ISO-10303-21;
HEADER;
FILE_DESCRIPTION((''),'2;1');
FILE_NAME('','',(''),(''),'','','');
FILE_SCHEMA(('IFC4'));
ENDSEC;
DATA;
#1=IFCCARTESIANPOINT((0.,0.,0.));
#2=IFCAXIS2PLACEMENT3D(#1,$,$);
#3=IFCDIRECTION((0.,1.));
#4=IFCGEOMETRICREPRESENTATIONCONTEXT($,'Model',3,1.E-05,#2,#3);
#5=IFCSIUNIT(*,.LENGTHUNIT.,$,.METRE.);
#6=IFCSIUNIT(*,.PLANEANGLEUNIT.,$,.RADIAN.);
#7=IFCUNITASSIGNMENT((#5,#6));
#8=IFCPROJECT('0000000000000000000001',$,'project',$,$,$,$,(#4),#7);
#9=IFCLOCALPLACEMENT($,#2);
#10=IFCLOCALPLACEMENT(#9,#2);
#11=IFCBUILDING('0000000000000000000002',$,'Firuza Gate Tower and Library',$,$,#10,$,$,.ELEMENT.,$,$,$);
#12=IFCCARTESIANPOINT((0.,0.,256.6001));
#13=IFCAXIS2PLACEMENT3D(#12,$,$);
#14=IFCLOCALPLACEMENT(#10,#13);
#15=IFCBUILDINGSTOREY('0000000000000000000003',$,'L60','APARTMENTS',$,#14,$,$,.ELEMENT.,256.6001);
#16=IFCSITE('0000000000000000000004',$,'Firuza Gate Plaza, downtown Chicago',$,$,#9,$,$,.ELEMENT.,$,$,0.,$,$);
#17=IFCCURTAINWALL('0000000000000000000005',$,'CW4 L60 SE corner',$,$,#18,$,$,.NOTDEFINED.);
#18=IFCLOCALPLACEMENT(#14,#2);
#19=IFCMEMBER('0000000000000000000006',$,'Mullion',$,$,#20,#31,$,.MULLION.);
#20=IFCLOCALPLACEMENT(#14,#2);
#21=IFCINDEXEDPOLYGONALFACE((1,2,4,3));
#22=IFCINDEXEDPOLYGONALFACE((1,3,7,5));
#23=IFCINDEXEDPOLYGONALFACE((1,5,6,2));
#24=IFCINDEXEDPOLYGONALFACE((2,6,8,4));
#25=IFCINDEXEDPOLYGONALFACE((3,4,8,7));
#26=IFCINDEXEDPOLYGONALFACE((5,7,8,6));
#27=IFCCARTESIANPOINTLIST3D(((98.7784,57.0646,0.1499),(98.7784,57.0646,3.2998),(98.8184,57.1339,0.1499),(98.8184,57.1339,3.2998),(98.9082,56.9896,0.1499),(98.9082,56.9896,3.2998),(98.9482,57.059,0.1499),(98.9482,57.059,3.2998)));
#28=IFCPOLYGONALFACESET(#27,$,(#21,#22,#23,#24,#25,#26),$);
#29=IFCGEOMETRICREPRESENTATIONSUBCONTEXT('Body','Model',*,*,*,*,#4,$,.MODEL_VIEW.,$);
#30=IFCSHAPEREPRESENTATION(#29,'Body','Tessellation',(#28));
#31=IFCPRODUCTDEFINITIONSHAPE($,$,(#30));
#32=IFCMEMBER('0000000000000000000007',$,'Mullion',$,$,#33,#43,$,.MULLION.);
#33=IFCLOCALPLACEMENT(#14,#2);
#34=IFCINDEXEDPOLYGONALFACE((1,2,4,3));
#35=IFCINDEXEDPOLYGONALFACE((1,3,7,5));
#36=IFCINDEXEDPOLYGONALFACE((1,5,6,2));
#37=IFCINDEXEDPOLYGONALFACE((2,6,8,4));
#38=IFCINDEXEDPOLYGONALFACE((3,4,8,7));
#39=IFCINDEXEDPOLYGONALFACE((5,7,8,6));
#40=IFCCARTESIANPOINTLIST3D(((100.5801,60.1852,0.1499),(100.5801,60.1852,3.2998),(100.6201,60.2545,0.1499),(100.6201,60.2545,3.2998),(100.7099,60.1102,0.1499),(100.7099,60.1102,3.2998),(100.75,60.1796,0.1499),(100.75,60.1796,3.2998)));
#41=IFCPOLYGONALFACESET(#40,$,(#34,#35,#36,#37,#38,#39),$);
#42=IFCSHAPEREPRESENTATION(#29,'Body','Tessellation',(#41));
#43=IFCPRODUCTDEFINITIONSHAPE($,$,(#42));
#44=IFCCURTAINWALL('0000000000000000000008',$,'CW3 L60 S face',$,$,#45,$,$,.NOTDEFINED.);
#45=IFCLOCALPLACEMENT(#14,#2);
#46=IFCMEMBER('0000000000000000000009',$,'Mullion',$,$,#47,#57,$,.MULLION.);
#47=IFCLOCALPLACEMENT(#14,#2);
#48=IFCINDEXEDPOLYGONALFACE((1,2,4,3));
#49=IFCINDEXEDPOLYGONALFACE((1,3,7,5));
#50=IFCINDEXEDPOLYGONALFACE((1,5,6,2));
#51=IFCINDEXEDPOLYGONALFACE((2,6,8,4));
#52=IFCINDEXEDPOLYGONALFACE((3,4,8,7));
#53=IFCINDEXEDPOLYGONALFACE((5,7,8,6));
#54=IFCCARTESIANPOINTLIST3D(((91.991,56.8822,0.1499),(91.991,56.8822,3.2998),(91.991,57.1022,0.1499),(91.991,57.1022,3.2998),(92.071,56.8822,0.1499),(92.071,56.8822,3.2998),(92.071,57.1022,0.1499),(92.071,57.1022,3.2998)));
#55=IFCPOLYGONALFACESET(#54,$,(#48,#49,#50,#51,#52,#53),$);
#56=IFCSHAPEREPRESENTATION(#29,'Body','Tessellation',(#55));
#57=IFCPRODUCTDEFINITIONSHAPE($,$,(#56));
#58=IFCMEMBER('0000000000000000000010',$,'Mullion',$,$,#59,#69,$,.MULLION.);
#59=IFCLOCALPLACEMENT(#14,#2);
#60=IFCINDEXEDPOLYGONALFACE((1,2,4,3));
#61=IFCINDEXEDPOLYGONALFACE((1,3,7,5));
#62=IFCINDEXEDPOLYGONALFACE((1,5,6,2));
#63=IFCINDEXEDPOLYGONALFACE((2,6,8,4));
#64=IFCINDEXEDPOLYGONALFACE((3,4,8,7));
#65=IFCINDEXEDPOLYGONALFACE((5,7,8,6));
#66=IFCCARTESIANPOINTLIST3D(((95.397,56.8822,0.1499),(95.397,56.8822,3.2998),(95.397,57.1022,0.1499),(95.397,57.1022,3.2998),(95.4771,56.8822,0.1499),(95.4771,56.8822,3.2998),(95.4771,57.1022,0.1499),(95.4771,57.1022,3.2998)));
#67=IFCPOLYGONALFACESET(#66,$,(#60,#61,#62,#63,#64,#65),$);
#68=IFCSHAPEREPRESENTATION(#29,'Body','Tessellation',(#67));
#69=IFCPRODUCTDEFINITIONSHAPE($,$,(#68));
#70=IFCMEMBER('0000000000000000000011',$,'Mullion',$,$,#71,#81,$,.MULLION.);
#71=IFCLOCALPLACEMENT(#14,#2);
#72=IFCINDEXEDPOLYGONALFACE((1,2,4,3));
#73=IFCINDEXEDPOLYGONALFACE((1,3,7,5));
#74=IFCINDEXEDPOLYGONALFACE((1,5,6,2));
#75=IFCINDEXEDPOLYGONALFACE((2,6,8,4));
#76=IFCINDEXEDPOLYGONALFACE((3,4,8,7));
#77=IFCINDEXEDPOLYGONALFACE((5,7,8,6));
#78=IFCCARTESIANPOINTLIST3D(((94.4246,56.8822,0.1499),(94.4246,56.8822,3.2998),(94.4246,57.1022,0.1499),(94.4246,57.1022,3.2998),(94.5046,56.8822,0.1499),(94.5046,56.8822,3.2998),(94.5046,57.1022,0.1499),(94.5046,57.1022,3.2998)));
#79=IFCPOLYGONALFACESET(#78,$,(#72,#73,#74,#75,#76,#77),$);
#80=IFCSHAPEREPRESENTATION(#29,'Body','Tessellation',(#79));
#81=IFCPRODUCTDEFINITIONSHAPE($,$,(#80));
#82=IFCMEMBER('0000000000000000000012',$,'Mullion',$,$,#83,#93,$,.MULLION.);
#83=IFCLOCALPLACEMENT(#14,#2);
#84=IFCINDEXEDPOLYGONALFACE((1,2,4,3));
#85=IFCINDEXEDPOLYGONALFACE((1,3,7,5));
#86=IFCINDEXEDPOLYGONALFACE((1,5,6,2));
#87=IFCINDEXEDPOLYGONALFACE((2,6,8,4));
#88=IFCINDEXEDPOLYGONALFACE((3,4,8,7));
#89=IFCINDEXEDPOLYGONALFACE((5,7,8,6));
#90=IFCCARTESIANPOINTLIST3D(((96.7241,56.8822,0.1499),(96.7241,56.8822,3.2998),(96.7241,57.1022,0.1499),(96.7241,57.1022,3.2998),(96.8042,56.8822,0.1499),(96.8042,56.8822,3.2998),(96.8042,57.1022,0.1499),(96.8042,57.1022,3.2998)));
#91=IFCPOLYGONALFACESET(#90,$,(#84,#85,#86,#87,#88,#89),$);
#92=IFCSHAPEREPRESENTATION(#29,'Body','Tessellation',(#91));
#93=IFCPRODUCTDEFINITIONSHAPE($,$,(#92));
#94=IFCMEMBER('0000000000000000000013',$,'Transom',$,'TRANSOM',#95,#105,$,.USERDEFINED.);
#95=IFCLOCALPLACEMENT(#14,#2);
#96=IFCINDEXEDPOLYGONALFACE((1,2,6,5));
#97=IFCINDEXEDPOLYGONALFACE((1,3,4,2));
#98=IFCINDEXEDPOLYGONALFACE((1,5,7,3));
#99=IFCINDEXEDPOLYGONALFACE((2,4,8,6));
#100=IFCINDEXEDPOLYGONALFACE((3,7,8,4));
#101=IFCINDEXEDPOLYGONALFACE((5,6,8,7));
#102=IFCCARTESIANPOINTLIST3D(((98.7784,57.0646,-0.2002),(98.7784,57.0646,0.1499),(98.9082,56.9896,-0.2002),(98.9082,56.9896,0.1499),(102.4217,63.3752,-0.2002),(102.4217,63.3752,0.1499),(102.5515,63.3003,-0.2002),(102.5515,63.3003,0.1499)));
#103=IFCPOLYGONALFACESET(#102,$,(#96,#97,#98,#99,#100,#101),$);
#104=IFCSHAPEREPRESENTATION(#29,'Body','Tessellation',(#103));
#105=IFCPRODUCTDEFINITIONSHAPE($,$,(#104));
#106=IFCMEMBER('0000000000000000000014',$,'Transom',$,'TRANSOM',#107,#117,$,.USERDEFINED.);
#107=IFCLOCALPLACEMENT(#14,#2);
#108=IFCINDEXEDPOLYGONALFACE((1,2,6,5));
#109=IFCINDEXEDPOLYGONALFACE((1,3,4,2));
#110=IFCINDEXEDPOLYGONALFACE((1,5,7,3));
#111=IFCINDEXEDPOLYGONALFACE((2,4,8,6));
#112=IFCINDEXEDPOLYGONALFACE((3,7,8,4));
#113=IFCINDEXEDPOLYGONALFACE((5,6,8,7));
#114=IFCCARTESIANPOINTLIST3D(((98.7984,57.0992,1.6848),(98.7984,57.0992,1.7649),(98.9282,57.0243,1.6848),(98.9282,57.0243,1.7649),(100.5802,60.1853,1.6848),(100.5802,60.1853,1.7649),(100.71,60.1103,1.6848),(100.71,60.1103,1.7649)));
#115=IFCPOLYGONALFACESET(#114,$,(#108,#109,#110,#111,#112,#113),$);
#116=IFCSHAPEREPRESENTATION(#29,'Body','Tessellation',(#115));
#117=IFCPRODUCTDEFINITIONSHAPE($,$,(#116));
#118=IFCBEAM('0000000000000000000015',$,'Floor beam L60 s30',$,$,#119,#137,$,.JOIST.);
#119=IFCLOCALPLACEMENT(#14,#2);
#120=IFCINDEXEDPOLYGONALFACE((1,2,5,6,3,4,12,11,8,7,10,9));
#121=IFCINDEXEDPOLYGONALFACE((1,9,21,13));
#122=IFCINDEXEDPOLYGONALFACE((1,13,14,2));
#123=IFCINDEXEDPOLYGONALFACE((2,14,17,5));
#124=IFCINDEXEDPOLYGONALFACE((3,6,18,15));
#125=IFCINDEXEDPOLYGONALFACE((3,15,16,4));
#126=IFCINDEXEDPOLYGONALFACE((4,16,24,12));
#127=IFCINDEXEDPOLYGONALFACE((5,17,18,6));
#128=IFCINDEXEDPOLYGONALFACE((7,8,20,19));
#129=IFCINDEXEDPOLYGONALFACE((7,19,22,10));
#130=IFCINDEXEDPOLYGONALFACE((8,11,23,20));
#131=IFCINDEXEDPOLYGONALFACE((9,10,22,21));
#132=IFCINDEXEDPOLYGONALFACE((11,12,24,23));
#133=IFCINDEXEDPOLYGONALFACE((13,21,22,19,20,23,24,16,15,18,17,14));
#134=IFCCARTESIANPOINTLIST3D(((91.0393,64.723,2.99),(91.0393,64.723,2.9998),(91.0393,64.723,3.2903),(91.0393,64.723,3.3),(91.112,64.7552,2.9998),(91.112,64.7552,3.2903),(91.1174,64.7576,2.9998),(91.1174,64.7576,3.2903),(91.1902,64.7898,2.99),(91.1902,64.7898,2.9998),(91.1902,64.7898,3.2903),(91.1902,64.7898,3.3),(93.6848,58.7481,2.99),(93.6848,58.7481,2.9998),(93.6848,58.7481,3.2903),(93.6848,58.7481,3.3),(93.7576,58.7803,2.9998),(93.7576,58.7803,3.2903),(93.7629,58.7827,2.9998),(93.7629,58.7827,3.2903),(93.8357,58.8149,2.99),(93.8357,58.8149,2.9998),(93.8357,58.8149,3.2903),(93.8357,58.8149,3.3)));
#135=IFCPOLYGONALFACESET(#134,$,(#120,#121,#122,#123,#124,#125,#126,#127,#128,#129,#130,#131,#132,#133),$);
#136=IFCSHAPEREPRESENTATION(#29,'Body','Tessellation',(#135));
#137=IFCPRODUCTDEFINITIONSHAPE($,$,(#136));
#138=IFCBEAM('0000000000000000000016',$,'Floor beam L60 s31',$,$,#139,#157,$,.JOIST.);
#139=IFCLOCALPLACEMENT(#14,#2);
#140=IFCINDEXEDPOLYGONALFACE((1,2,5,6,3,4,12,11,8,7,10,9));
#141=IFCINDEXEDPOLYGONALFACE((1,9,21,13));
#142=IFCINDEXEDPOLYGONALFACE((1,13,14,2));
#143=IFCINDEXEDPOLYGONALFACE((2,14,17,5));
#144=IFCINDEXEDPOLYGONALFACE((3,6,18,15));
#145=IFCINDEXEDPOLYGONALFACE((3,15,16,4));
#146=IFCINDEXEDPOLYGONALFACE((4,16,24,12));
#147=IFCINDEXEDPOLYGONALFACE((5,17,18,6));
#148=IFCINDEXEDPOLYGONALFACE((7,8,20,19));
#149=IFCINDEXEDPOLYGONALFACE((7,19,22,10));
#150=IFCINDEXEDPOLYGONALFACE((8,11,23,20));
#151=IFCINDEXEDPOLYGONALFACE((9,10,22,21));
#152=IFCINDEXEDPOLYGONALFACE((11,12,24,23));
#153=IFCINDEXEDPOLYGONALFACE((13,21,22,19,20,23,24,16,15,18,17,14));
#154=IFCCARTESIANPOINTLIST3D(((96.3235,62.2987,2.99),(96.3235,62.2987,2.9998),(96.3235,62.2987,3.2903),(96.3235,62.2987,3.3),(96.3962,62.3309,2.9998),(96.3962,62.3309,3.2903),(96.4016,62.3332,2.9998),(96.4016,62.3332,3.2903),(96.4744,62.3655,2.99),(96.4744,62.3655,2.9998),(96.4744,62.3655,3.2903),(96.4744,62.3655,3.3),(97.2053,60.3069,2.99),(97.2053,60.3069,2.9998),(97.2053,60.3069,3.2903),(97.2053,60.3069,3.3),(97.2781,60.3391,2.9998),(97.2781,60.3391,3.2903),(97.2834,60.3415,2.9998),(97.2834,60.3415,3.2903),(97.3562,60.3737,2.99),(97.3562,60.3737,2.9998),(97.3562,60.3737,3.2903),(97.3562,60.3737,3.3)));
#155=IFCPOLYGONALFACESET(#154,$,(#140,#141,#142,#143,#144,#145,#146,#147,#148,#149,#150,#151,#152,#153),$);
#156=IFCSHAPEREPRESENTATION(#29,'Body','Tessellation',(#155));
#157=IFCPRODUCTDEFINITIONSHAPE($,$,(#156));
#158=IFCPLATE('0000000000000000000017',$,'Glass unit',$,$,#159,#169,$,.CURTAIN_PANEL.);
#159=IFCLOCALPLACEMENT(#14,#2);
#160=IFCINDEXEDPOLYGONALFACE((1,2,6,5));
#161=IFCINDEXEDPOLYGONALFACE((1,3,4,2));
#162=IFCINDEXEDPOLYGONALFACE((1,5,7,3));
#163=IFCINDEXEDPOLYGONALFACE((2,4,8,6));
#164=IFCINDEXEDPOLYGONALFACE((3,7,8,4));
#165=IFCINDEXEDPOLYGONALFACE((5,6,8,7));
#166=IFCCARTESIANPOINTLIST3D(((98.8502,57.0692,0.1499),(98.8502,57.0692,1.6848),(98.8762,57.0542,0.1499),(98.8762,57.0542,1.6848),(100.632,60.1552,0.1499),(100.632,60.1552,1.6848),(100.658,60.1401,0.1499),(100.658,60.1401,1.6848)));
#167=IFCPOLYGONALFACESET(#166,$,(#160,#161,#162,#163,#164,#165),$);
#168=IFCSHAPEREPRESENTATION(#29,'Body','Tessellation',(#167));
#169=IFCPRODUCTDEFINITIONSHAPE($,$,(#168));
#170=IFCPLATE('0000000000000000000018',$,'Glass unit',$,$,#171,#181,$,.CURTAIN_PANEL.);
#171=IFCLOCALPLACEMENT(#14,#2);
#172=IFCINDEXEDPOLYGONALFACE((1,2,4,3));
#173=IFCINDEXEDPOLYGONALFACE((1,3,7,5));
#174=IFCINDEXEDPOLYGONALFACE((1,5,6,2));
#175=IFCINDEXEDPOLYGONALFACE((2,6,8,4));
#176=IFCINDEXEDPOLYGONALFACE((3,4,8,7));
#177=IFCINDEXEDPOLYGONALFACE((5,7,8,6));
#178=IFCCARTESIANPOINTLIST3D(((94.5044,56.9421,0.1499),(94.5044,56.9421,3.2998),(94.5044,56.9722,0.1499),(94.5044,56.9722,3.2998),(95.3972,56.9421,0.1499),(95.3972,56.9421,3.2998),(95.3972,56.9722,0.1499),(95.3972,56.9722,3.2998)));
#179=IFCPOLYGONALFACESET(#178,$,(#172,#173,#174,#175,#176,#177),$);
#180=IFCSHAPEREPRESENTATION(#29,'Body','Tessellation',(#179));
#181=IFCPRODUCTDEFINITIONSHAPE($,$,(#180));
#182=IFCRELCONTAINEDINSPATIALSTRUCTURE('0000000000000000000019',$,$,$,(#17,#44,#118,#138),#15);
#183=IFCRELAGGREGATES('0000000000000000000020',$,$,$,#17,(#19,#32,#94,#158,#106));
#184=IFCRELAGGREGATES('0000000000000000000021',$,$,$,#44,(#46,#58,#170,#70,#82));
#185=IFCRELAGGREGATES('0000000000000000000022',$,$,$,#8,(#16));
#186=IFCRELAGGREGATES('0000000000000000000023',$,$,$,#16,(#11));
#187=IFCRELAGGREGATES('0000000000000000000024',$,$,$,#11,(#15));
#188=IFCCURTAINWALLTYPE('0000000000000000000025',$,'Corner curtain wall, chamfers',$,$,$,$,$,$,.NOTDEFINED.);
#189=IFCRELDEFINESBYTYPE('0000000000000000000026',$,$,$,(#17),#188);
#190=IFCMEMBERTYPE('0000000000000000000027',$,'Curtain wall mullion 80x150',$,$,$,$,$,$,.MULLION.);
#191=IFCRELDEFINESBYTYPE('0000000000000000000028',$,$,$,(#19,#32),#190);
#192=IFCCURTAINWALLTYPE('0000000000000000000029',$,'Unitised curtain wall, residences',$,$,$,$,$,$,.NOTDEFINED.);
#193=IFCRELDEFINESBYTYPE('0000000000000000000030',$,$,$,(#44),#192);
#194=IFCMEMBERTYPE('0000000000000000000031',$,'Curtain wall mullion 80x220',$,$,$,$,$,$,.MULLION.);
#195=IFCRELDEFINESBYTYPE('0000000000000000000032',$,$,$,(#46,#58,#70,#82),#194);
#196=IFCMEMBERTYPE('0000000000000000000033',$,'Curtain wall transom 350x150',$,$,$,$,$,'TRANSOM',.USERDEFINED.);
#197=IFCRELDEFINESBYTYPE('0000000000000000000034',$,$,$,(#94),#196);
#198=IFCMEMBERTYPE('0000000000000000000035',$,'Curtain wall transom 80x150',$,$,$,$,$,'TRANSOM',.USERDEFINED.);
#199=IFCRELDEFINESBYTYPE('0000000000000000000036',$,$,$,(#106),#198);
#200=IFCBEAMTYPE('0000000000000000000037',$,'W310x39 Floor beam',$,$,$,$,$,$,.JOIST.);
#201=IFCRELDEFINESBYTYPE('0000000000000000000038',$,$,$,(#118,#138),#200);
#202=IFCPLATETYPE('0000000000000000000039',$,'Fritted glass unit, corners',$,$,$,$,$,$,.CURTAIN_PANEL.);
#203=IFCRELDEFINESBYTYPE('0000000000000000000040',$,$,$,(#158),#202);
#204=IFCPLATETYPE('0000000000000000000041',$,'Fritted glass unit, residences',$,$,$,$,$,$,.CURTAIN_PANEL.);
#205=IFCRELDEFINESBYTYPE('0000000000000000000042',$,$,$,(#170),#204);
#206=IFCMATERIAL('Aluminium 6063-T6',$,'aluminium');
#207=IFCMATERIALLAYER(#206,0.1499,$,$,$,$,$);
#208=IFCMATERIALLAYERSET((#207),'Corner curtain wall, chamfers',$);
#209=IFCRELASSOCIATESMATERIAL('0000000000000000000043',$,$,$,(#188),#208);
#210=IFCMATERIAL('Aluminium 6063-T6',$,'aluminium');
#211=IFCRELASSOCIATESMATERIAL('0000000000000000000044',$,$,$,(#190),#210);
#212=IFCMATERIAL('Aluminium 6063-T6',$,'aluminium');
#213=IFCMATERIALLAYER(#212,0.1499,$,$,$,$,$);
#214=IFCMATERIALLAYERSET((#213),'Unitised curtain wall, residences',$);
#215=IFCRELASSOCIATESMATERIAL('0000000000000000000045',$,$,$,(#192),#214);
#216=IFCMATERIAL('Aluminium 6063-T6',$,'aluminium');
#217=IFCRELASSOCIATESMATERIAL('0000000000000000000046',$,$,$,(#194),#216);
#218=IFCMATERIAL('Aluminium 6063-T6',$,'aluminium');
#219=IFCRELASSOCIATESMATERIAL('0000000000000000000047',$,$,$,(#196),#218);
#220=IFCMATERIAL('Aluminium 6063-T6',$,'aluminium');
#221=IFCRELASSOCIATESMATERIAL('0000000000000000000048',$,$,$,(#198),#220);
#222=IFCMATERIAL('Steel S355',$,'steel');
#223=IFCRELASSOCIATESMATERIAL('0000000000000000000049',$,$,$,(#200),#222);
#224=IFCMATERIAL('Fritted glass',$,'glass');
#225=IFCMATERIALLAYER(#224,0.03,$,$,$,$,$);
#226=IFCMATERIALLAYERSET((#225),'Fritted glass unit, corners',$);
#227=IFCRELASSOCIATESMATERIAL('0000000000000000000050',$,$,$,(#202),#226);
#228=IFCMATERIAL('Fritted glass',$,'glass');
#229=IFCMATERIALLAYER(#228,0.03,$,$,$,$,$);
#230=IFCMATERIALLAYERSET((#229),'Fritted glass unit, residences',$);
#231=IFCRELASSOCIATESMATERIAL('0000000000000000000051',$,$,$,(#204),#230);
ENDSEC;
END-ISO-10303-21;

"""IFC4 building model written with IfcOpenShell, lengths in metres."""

from ifc_helpers import new_model, si_unit, direction, frame, origin, origin_2d, place, context, subcontext, project, spatial, polyline, rectangle, i_section, outline, extrude, material, layer, layer_set, material_profile, profile_set, type_object, element, aggregate, save


model = new_model("IFC4")

# Units and contexts
model_context = context("Model", 3, precision=1e-05, world=origin(), true_north=direction((0.0, 1.0)))
body_context = subcontext(model_context, "Body", "Model", "MODEL_VIEW")
ifc_project = project(units=[si_unit("LENGTHUNIT", "METRE"), si_unit("PLANEANGLEUNIT", "RADIAN")], contexts=[model_context])

# Site, building, storey
site_placement = place(None, origin())
site = spatial("IfcSite", under=ifc_project, at=site_placement, Name="Firuza Gate Plaza, downtown Chicago", CompositionType="ELEMENT", RefElevation=0.0)
building_placement = place(site_placement, origin())
building = spatial("IfcBuilding", under=site, at=building_placement, Name="Firuza Gate Tower and Library", CompositionType="ELEMENT")
storey_placement = place(building_placement, frame((0.0, 0.0, 256.6001)))
storey = spatial("IfcBuildingStorey", under=building, at=storey_placement, Name="L60", Description="APARTMENTS", CompositionType="ELEMENT", Elevation=256.6001)

# Curtain walls, members
ifc_material_1 = material(Name="Aluminium 6063-T6", Category="aluminium")
ifc_layer_1 = layer(ifc_material_1, 0.1499)
ifc_layer_set_1 = layer_set([ifc_layer_1], Name="Corner curtain wall, chamfers")
curtain_wall_type_1 = type_object("IfcCurtainWallType", Name="Corner curtain wall, chamfers", PredefinedType="NOTDEFINED", material=ifc_layer_set_1)
placement = place(storey_placement, origin())
curtain_wall_1 = element("IfcCurtainWall", 1, at=placement, inside=storey, type_object=curtain_wall_type_1, Name="CW4 L60 SE corner", PredefinedType="NOTDEFINED")
ifc_material_2 = material(Name="Aluminium 6063-T6", Category="aluminium")
ifc_material_profile_1 = material_profile(ifc_material_2, rectangle(XDim=0.1499, YDim=0.0801, at=origin_2d()))
ifc_profile_set_1 = profile_set([ifc_material_profile_1], Name="Aluminium 6063-T6")
member_type_1 = type_object("IfcMemberType", Name="Curtain wall mullion 80x150", PredefinedType="MULLION", material=ifc_profile_set_1)
member_1_placement = place(storey_placement, frame((98.8633, 57.0618, 0.1499), z_axis=(0.0, 0.0, 1.0), x_axis=(-0.866025, 0.5, 0.0)))
member_1 = element("IfcMember", 2, at=member_1_placement, type_object=member_type_1, Name="Mullion", PredefinedType="MULLION", context=body_context, shape_type="SweptSolid", body=[
    extrude(rectangle(XDim=0.1499, YDim=0.0801, at=origin_2d()), origin(), (0.0, 0.0, 1.0), 3.1499),
])
member_2_placement = place(storey_placement, frame((100.665, 60.1824, 0.1499), z_axis=(0.0, 0.0, 1.0), x_axis=(-0.866025, 0.5, 0.0)))
member_2 = element("IfcMember", 3, at=member_2_placement, type_object=member_type_1, Name="Mullion", PredefinedType="MULLION", context=body_context, shape_type="SweptSolid", body=[
    extrude(rectangle(XDim=0.1499, YDim=0.0801, at=origin_2d()), origin(), (0.0, 0.0, 1.0), 3.1499),
])
ifc_material_3 = material(Name="Aluminium 6063-T6", Category="aluminium")
ifc_layer_2 = layer(ifc_material_3, 0.1499)
ifc_layer_set_2 = layer_set([ifc_layer_2], Name="Unitised curtain wall, residences")
curtain_wall_type_2 = type_object("IfcCurtainWallType", Name="Unitised curtain wall, residences", PredefinedType="NOTDEFINED", material=ifc_layer_set_2)
curtain_wall_2 = element("IfcCurtainWall", 4, at=placement, inside=storey, type_object=curtain_wall_type_2, Name="CW3 L60 S face", PredefinedType="NOTDEFINED")
ifc_material_4 = material(Name="Aluminium 6063-T6", Category="aluminium")
ifc_material_profile_2 = material_profile(ifc_material_4, rectangle(XDim=0.22, YDim=0.0801, at=origin_2d()))
ifc_profile_set_2 = profile_set([ifc_material_profile_2], Name="Aluminium 6063-T6")
member_type_2 = type_object("IfcMemberType", Name="Curtain wall mullion 80x220", PredefinedType="MULLION", material=ifc_profile_set_2)
member_3_placement = place(storey_placement, frame((92.031, 56.9922, 0.1499), z_axis=(0.0, 0.0, 1.0), x_axis=(0.0, 1.0, 0.0)))
member_3 = element("IfcMember", 5, at=member_3_placement, type_object=member_type_2, Name="Mullion", PredefinedType="MULLION", context=body_context, shape_type="SweptSolid", body=[
    extrude(rectangle(XDim=0.22, YDim=0.0801, at=origin_2d()), origin(), (0.0, 0.0, 1.0), 3.1499),
])
member_4_placement = place(storey_placement, frame((95.437, 56.9922, 0.1499), z_axis=(0.0, 0.0, 1.0), x_axis=(0.0, 1.0, 0.0)))
member_4 = element("IfcMember", 6, at=member_4_placement, type_object=member_type_2, Name="Mullion", PredefinedType="MULLION", context=body_context, shape_type="SweptSolid", body=[
    extrude(rectangle(XDim=0.22, YDim=0.0801, at=origin_2d()), origin(), (0.0, 0.0, 1.0), 3.1499),
])
member_5_placement = place(storey_placement, frame((94.4646, 56.9922, 0.1499), z_axis=(0.0, 0.0, 1.0), x_axis=(0.0, 1.0, 0.0)))
member_5 = element("IfcMember", 7, at=member_5_placement, type_object=member_type_2, Name="Mullion", PredefinedType="MULLION", context=body_context, shape_type="SweptSolid", body=[
    extrude(rectangle(XDim=0.22, YDim=0.0801, at=origin_2d()), origin(), (0.0, 0.0, 1.0), 3.1499),
])
member_6_placement = place(storey_placement, frame((96.7642, 56.9922, 0.1499), z_axis=(0.0, 0.0, 1.0), x_axis=(0.0, 1.0, 0.0)))
member_6 = element("IfcMember", 8, at=member_6_placement, type_object=member_type_2, Name="Mullion", PredefinedType="MULLION", context=body_context, shape_type="SweptSolid", body=[
    extrude(rectangle(XDim=0.22, YDim=0.0801, at=origin_2d()), origin(), (0.0, 0.0, 1.0), 3.1499),
])

# Members
ifc_material_5 = material(Name="Aluminium 6063-T6", Category="aluminium")
ifc_material_profile_3 = material_profile(ifc_material_5, rectangle(XDim=0.1499, YDim=0.3501, at=origin_2d()))
ifc_profile_set_3 = profile_set([ifc_material_profile_3], Name="Aluminium 6063-T6")
member_type_3 = type_object("IfcMemberType", Name="Curtain wall transom 350x150", ElementType="TRANSOM", PredefinedType="USERDEFINED", material=ifc_profile_set_3)
member_7_placement = place(storey_placement, frame((98.8433, 57.0271, -0.0251), z_axis=(0.499991, 0.86603, 0.0), x_axis=(-0.86603, 0.499991, 0.0)))
member_7 = element("IfcMember", 9, at=member_7_placement, type_object=member_type_3, Name="Transom", ObjectType="TRANSOM", PredefinedType="USERDEFINED", context=body_context, shape_type="SweptSolid", body=[
    extrude(rectangle(XDim=0.1499, YDim=0.3501, at=origin_2d()), origin(), (0.0, 0.0, 1.0), 7.2869),
])
ifc_material_6 = material(Name="Aluminium 6063-T6", Category="aluminium")
ifc_material_profile_4 = material_profile(ifc_material_6, rectangle(XDim=0.1499, YDim=0.0801, at=origin_2d()))
ifc_profile_set_4 = profile_set([ifc_material_profile_4], Name="Aluminium 6063-T6")
member_type_4 = type_object("IfcMemberType", Name="Curtain wall transom 80x150", ElementType="TRANSOM", PredefinedType="USERDEFINED", material=ifc_profile_set_4)
member_8_placement = place(storey_placement, frame((98.8633, 57.0618, 1.7249), z_axis=(0.500015, 0.866017, 0.0), x_axis=(-0.866017, 0.500015, 0.0)))
member_8 = element("IfcMember", 10, at=member_8_placement, type_object=member_type_4, Name="Transom", ObjectType="TRANSOM", PredefinedType="USERDEFINED", context=body_context, shape_type="SweptSolid", body=[
    extrude(rectangle(XDim=0.1499, YDim=0.0801, at=origin_2d()), origin(), (0.0, 0.0, 1.0), 3.5635),
])

# Beams
ifc_material_7 = material(Name="Steel S355", Category="steel")
ifc_material_profile_5 = material_profile(ifc_material_7, i_section(OverallWidth=0.165, OverallDepth=0.3101, WebThickness=0.0059, FlangeThickness=0.0098, at=origin_2d()))
ifc_profile_set_5 = profile_set([ifc_material_profile_5], Name="Steel S355")
beam_type = type_object("IfcBeamType", Name="W310x39 Floor beam", PredefinedType="JOIST", material=ifc_profile_set_5)
beam_1_placement = place(storey_placement, frame((93.7603, 58.7815, 3.145), z_axis=(-0.404862, 0.914378, 0.0), x_axis=(-0.914378, -0.404862, 0.0)))
element("IfcBeam", 11, at=beam_1_placement, inside=storey, type_object=beam_type, Name="Floor beam L60 s30", PredefinedType="JOIST", context=body_context, shape_type="SweptSolid", body=[
    extrude(i_section(OverallWidth=0.165, OverallDepth=0.3101, WebThickness=0.0059, FlangeThickness=0.0098, at=origin_2d()), origin(), (0.0, 0.0, 1.0), 6.5344),
])
beam_2_placement = place(storey_placement, frame((97.2808, 60.3403, 3.145), z_axis=(-0.404849, 0.914384, 0.0), x_axis=(-0.914384, -0.404849, 0.0)))
element("IfcBeam", 12, at=beam_2_placement, inside=storey, type_object=beam_type, Name="Floor beam L60 s31", PredefinedType="JOIST", context=body_context, shape_type="SweptSolid", body=[
    extrude(i_section(OverallWidth=0.165, OverallDepth=0.3101, WebThickness=0.0059, FlangeThickness=0.0098, at=origin_2d()), origin(), (0.0, 0.0, 1.0), 2.1782),
])

# Plates
ifc_material_8 = material(Name="Fritted glass", Category="glass")
ifc_layer_3 = layer(ifc_material_8, 0.03)
ifc_layer_set_3 = layer_set([ifc_layer_3], Name="Fritted glass unit, corners")
plate_type_1 = type_object("IfcPlateType", Name="Fritted glass unit, corners", PredefinedType="CURTAIN_PANEL", material=ifc_layer_set_3)
plate_1_placement = place(storey_placement, frame((98.8762, 57.0542, 0.1499), z_axis=(0.866017, -0.500015, 0.0), x_axis=(0.500015, 0.866017, 0.0)))
plate_1 = element("IfcPlate", 13, at=plate_1_placement, type_object=plate_type_1, Name="Glass unit", PredefinedType="CURTAIN_PANEL", context=body_context, shape_type="SweptSolid", body=[
    extrude(outline(polyline([(0.0, 0.0), (3.5634, 0.0), (3.5634, 1.5349), (0.0, 1.5349), (0.0, 0.0)])), origin(), (0.0, 0.0, -1.0), 0.03),
])
ifc_material_9 = material(Name="Fritted glass", Category="glass")
ifc_layer_4 = layer(ifc_material_9, 0.03)
ifc_layer_set_4 = layer_set([ifc_layer_4], Name="Fritted glass unit, residences")
plate_type_2 = type_object("IfcPlateType", Name="Fritted glass unit, residences", PredefinedType="CURTAIN_PANEL", material=ifc_layer_set_4)
plate_2_placement = place(storey_placement, frame((94.5044, 56.9421, 0.1499), z_axis=(0.0, -1.0, 0.0), x_axis=(1.0, 0.0, 0.0)))
plate_2 = element("IfcPlate", 14, at=plate_2_placement, type_object=plate_type_2, Name="Glass unit", PredefinedType="CURTAIN_PANEL", context=body_context, shape_type="SweptSolid", body=[
    extrude(outline(polyline([(0.0, 0.0), (0.8928, 0.0), (0.8928, 3.1499), (0.0, 3.1499), (0.0, 0.0)])), origin(), (0.0, 0.0, -1.0), 0.03),
])
aggregate(curtain_wall_1, [member_1, member_2, member_7, plate_1, member_8])
aggregate(curtain_wall_2, [member_3, member_4, plate_2, member_5, member_6])

save(model, "model.ifc")
